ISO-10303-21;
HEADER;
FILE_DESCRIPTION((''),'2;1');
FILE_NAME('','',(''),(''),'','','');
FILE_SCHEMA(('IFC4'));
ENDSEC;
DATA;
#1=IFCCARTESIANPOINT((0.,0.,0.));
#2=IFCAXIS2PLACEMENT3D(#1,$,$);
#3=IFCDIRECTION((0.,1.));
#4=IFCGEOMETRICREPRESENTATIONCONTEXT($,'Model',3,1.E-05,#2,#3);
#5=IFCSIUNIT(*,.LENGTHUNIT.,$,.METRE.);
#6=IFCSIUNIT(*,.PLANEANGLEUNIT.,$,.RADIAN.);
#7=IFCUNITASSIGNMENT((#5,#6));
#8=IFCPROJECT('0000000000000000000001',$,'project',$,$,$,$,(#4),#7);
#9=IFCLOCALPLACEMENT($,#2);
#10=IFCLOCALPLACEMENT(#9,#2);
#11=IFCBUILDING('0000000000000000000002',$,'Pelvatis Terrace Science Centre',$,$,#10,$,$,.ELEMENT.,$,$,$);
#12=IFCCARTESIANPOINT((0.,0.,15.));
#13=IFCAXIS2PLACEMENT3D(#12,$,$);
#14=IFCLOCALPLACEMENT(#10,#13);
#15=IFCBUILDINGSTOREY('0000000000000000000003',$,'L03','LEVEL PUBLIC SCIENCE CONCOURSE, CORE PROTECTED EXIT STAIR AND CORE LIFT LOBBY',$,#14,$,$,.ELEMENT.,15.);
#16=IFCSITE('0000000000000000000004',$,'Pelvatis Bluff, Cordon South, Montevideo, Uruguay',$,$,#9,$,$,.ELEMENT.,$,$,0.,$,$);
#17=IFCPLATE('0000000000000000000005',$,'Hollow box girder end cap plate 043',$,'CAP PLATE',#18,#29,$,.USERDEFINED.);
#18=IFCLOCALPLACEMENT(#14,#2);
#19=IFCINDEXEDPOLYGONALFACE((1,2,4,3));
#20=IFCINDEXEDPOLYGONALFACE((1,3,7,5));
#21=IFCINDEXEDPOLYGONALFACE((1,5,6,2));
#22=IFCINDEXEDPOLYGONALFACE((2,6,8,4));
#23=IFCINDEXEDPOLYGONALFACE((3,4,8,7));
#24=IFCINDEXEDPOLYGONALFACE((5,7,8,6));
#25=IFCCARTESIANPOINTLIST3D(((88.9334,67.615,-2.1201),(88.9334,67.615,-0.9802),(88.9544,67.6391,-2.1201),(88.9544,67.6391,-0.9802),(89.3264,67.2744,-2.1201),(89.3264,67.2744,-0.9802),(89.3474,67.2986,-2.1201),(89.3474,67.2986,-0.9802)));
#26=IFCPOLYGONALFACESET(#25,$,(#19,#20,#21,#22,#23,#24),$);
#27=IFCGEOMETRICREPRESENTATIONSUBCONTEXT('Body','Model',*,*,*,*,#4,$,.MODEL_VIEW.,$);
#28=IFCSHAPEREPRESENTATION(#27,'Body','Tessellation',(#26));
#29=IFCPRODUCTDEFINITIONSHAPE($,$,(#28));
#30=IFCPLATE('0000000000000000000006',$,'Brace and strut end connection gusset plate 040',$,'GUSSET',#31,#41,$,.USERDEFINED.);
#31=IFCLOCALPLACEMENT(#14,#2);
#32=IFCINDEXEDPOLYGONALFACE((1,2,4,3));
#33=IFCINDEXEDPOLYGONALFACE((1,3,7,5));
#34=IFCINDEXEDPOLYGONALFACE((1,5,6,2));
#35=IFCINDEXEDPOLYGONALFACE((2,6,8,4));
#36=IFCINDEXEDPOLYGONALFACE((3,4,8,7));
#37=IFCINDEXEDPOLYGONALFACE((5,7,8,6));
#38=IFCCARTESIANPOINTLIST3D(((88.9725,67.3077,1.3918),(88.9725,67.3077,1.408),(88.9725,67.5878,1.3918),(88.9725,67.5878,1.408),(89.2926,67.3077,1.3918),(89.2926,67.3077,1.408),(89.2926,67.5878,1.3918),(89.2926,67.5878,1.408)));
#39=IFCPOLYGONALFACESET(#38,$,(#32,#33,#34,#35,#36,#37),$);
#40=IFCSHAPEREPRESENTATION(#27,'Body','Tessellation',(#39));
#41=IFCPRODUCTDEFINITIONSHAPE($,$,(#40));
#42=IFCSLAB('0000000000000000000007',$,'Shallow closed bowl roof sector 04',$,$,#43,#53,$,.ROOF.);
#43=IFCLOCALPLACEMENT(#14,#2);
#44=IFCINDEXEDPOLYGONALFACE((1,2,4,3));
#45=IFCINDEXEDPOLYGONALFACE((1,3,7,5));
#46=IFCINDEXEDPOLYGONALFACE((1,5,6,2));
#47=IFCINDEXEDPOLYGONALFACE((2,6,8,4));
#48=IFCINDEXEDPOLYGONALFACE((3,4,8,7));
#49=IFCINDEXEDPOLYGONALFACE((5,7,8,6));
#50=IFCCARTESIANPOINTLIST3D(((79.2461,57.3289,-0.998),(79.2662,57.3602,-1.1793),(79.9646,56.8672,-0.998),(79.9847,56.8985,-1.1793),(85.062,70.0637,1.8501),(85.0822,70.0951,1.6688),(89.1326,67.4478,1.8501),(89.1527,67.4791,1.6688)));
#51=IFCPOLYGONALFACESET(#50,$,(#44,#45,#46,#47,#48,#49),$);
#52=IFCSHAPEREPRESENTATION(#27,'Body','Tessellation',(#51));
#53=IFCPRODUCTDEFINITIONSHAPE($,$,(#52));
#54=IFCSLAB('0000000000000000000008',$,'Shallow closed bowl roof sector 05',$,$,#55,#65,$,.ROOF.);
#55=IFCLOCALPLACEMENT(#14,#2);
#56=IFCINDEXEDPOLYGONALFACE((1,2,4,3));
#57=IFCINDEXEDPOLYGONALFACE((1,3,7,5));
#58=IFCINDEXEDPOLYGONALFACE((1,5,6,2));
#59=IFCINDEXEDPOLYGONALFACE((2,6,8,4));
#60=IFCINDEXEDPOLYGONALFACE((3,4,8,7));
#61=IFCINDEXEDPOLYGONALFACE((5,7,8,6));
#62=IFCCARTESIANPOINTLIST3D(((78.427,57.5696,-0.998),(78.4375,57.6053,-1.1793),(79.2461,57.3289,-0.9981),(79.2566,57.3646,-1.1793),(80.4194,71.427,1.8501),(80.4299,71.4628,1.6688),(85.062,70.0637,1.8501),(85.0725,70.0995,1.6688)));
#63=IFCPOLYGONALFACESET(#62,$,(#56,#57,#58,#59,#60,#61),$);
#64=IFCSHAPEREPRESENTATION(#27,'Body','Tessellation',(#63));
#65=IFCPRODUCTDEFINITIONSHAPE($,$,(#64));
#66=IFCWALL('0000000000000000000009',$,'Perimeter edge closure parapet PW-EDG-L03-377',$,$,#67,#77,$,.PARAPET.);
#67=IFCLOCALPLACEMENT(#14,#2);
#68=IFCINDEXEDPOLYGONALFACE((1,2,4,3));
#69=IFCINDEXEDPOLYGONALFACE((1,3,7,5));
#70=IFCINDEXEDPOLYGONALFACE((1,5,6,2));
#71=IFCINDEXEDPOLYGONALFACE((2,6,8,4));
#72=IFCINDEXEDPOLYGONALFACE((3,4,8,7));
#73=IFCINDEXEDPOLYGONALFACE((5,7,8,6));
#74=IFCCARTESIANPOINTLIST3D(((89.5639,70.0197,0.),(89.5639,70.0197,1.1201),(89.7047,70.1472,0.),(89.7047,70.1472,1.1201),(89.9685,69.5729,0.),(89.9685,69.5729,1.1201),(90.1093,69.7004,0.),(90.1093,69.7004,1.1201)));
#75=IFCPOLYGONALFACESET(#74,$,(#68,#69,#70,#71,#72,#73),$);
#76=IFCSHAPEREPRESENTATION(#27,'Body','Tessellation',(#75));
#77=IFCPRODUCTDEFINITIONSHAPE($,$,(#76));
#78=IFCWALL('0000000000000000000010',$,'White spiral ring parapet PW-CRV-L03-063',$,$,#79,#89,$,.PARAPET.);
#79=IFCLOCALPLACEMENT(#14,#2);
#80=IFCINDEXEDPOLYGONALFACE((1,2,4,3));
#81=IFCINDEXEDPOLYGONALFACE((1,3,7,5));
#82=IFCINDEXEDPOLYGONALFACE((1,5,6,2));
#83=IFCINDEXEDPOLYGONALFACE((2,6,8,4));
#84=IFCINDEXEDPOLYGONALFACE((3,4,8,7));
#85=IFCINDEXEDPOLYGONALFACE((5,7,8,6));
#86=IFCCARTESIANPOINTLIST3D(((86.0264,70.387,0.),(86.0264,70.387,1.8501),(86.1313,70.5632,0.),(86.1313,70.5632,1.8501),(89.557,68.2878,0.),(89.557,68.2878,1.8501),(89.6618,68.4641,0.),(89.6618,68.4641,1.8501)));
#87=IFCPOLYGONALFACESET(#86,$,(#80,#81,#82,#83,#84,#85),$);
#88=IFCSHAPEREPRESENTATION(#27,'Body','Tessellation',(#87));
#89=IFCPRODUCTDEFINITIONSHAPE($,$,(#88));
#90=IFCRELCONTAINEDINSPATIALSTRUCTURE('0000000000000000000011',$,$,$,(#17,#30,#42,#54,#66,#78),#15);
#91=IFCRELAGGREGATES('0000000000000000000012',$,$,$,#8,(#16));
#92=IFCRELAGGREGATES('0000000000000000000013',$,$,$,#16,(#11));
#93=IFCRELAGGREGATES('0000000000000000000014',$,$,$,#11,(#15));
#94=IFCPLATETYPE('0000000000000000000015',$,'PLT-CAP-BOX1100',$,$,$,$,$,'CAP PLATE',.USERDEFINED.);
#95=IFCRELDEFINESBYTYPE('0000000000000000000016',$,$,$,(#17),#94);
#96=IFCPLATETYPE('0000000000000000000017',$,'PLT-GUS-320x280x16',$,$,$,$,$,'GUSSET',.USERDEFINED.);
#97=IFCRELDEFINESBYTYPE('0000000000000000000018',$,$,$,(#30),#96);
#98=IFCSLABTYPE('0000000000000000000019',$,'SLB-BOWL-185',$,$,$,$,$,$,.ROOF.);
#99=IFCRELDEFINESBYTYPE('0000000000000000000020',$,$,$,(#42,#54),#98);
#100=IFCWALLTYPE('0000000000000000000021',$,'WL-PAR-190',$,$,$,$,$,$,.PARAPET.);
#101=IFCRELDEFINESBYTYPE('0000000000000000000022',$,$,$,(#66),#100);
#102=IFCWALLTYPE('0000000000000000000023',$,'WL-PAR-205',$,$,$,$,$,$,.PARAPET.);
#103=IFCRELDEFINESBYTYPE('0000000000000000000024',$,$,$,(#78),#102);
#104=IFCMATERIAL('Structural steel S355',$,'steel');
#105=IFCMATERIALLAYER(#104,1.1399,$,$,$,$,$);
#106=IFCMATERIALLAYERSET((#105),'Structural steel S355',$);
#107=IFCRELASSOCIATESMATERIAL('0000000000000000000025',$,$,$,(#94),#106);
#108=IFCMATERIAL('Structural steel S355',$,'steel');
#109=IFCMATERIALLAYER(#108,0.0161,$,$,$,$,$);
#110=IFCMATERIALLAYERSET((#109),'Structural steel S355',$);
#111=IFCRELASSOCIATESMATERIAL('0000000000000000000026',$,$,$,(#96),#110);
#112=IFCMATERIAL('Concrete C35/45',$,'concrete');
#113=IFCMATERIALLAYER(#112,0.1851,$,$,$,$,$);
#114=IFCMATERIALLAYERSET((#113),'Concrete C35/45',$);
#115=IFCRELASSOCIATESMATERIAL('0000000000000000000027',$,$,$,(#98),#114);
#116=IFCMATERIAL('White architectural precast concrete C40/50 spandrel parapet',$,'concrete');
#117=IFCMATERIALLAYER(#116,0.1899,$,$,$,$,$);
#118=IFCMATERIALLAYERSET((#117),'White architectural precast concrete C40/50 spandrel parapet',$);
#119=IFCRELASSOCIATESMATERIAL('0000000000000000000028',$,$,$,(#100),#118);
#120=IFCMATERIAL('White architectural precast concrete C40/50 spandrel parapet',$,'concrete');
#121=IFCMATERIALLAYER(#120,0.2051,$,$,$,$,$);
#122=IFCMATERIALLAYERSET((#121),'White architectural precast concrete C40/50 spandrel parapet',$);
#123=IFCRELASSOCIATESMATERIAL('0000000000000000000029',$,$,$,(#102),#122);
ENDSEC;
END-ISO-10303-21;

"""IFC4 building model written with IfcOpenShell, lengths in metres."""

from ifc_helpers import new_model, si_unit, direction, frame, frame_2d, origin, origin_2d, place, context, subcontext, project, spatial, polyline, rectangle, outline, extrude, material, layer, layer_set, type_object, element, save


model = new_model("IFC4")

# Units and contexts
model_context = context("Model", 3, precision=1e-05, world=origin(), true_north=direction((0.0, 1.0)))
body_context = subcontext(model_context, "Body", "Model", "MODEL_VIEW")
ifc_project = project(units=[si_unit("LENGTHUNIT", "METRE"), si_unit("PLANEANGLEUNIT", "RADIAN")], contexts=[model_context])

# Site, building, storey
site_placement = place(None, origin())
site = spatial("IfcSite", under=ifc_project, at=site_placement, Name="Pelvatis Bluff, Cordon South, Montevideo, Uruguay", CompositionType="ELEMENT", RefElevation=0.0)
building_placement = place(site_placement, origin())
building = spatial("IfcBuilding", under=site, at=building_placement, Name="Pelvatis Terrace Science Centre", CompositionType="ELEMENT")
storey_placement = place(building_placement, frame((0.0, 0.0, 15.0)))
storey = spatial("IfcBuildingStorey", under=building, at=storey_placement, Name="L03", Description="LEVEL PUBLIC SCIENCE CONCOURSE, CORE PROTECTED EXIT STAIR AND CORE LIFT LOBBY", CompositionType="ELEMENT", Elevation=15.0)

# Plates
ifc_material_1 = material(Name="Structural steel S355", Category="steel")
ifc_layer_1 = layer(ifc_material_1, 1.1399)
ifc_layer_set_1 = layer_set([ifc_layer_1], Name="Structural steel S355")
plate_type_1 = type_object("IfcPlateType", Name="PLT-CAP-BOX1100", ElementType="CAP PLATE", PredefinedType="USERDEFINED", material=ifc_layer_set_1)
plate_1_placement = place(storey_placement, frame((89.1404, 67.4568, -2.1201), z_axis=(0.0, 0.0, 1.0), x_axis=(-0.654873, -0.755739, 0.0)))
element("IfcPlate", 1, at=plate_1_placement, inside=storey, type_object=plate_type_1, Name="Hollow box girder end cap plate 043", ObjectType="CAP PLATE", PredefinedType="USERDEFINED", context=body_context, shape_type="SweptSolid", body=[
    extrude(rectangle(XDim=0.032, YDim=0.52, at=origin_2d()), origin(), (0.0, 0.0, 1.0), 1.1399),
])
ifc_material_2 = material(Name="Structural steel S355", Category="steel")
ifc_layer_2 = layer(ifc_material_2, 0.0161)
ifc_layer_set_2 = layer_set([ifc_layer_2], Name="Structural steel S355")
plate_type_2 = type_object("IfcPlateType", Name="PLT-GUS-320x280x16", ElementType="GUSSET", PredefinedType="USERDEFINED", material=ifc_layer_set_2)
plate_2_placement = place(storey_placement, frame((89.1326, 67.4478, 1.3918), z_axis=(0.0, 0.0, 1.0), x_axis=(1.0, 0.0, 0.0)))
element("IfcPlate", 2, at=plate_2_placement, inside=storey, type_object=plate_type_2, Name="Brace and strut end connection gusset plate 040", ObjectType="GUSSET", PredefinedType="USERDEFINED", context=body_context, shape_type="SweptSolid", body=[
    extrude(rectangle(XDim=0.3201, YDim=0.28, at=origin_2d()), origin(), (0.0, 0.0, 1.0), 0.0161),
])

# Slabs
ifc_material_3 = material(Name="Concrete C35/45", Category="concrete")
ifc_layer_3 = layer(ifc_material_3, 0.1851)
ifc_layer_set_3 = layer_set([ifc_layer_3], Name="Concrete C35/45")
slab_type = type_object("IfcSlabType", Name="SLB-BOWL-185", PredefinedType="ROOF", material=ifc_layer_set_3)
slab_1_placement = place(storey_placement, frame((89.1326, 67.4478, 1.8501), z_axis=(-0.10884, -0.169365, 0.979525), x_axis=(-0.841256, 0.540637, 0.000002)))
element("IfcSlab", 3, at=slab_1_placement, inside=storey, type_object=slab_type, Name="Shallow closed bowl roof sector 04", PredefinedType="ROOF", context=body_context, shape_type="SweptSolid", body=[
    extrude(outline(polyline([(0.0, 0.0), (4.8387, 0.0), (2.8464, 14.1472), (1.9924, 14.1472), (0.0, 0.0)])), origin(), (0.0, 0.0, -1.0), 0.1851),
])
slab_2_placement = place(storey_placement, frame((85.062, 70.0637, 1.8501), z_axis=(-0.056729, -0.193165, 0.979525), x_axis=(-0.959487, 0.281752, -0.000007)))
element("IfcSlab", 4, at=slab_2_placement, inside=storey, type_object=slab_type, Name="Shallow closed bowl roof sector 05", PredefinedType="ROOF", context=body_context, shape_type="SweptSolid", body=[
    extrude(outline(polyline([(0.0, 0.0), (4.8386, 0.0), (2.846, 14.1471), (1.9922, 14.1472), (0.0, 0.0)])), origin(), (0.0, 0.0, -1.0), 0.1851),
])

# Walls
ifc_material_4 = material(Name="White architectural precast concrete C40/50 spandrel parapet", Category="concrete")
ifc_layer_4 = layer(ifc_material_4, 0.1899)
ifc_layer_set_4 = layer_set([ifc_layer_4], Name="White architectural precast concrete C40/50 spandrel parapet")
wall_type_1 = type_object("IfcWallType", Name="WL-PAR-190", PredefinedType="PARAPET", material=ifc_layer_set_4)
wall_1_placement = place(storey_placement, frame((90.0388, 69.6367, 0.0), z_axis=(0.0, 0.0, 1.0), x_axis=(-0.6712, 0.741277, 0.0)))
element("IfcWall", 5, at=wall_1_placement, inside=storey, type_object=wall_type_1, Name="Perimeter edge closure parapet PW-EDG-L03-377", PredefinedType="PARAPET", context=body_context, shape_type="SweptSolid", body=[
    extrude(rectangle(XDim=0.6028, YDim=0.1899, at=frame_2d((0.3013, 0.0))), origin(), (0.0, 0.0, 1.0), 1.1201),
])
ifc_material_5 = material(Name="White architectural precast concrete C40/50 spandrel parapet", Category="concrete")
ifc_layer_5 = layer(ifc_material_5, 0.2051)
ifc_layer_set_5 = layer_set([ifc_layer_5], Name="White architectural precast concrete C40/50 spandrel parapet")
wall_type_2 = type_object("IfcWallType", Name="WL-PAR-205", PredefinedType="PARAPET", material=ifc_layer_set_5)
wall_2_placement = place(storey_placement, frame((89.6094, 68.376, 0.0), z_axis=(0.0, 0.0, 1.0), x_axis=(-0.859547, 0.511056, 0.0)))
element("IfcWall", 6, at=wall_2_placement, inside=storey, type_object=wall_type_2, Name="White spiral ring parapet PW-CRV-L03-063", PredefinedType="PARAPET", context=body_context, shape_type="SweptSolid", body=[
    extrude(rectangle(XDim=4.1074, YDim=0.2051, at=frame_2d((2.0537, 0.0))), origin(), (0.0, 0.0, 1.0), 1.8501),
])

save(model, "model.ifc")
